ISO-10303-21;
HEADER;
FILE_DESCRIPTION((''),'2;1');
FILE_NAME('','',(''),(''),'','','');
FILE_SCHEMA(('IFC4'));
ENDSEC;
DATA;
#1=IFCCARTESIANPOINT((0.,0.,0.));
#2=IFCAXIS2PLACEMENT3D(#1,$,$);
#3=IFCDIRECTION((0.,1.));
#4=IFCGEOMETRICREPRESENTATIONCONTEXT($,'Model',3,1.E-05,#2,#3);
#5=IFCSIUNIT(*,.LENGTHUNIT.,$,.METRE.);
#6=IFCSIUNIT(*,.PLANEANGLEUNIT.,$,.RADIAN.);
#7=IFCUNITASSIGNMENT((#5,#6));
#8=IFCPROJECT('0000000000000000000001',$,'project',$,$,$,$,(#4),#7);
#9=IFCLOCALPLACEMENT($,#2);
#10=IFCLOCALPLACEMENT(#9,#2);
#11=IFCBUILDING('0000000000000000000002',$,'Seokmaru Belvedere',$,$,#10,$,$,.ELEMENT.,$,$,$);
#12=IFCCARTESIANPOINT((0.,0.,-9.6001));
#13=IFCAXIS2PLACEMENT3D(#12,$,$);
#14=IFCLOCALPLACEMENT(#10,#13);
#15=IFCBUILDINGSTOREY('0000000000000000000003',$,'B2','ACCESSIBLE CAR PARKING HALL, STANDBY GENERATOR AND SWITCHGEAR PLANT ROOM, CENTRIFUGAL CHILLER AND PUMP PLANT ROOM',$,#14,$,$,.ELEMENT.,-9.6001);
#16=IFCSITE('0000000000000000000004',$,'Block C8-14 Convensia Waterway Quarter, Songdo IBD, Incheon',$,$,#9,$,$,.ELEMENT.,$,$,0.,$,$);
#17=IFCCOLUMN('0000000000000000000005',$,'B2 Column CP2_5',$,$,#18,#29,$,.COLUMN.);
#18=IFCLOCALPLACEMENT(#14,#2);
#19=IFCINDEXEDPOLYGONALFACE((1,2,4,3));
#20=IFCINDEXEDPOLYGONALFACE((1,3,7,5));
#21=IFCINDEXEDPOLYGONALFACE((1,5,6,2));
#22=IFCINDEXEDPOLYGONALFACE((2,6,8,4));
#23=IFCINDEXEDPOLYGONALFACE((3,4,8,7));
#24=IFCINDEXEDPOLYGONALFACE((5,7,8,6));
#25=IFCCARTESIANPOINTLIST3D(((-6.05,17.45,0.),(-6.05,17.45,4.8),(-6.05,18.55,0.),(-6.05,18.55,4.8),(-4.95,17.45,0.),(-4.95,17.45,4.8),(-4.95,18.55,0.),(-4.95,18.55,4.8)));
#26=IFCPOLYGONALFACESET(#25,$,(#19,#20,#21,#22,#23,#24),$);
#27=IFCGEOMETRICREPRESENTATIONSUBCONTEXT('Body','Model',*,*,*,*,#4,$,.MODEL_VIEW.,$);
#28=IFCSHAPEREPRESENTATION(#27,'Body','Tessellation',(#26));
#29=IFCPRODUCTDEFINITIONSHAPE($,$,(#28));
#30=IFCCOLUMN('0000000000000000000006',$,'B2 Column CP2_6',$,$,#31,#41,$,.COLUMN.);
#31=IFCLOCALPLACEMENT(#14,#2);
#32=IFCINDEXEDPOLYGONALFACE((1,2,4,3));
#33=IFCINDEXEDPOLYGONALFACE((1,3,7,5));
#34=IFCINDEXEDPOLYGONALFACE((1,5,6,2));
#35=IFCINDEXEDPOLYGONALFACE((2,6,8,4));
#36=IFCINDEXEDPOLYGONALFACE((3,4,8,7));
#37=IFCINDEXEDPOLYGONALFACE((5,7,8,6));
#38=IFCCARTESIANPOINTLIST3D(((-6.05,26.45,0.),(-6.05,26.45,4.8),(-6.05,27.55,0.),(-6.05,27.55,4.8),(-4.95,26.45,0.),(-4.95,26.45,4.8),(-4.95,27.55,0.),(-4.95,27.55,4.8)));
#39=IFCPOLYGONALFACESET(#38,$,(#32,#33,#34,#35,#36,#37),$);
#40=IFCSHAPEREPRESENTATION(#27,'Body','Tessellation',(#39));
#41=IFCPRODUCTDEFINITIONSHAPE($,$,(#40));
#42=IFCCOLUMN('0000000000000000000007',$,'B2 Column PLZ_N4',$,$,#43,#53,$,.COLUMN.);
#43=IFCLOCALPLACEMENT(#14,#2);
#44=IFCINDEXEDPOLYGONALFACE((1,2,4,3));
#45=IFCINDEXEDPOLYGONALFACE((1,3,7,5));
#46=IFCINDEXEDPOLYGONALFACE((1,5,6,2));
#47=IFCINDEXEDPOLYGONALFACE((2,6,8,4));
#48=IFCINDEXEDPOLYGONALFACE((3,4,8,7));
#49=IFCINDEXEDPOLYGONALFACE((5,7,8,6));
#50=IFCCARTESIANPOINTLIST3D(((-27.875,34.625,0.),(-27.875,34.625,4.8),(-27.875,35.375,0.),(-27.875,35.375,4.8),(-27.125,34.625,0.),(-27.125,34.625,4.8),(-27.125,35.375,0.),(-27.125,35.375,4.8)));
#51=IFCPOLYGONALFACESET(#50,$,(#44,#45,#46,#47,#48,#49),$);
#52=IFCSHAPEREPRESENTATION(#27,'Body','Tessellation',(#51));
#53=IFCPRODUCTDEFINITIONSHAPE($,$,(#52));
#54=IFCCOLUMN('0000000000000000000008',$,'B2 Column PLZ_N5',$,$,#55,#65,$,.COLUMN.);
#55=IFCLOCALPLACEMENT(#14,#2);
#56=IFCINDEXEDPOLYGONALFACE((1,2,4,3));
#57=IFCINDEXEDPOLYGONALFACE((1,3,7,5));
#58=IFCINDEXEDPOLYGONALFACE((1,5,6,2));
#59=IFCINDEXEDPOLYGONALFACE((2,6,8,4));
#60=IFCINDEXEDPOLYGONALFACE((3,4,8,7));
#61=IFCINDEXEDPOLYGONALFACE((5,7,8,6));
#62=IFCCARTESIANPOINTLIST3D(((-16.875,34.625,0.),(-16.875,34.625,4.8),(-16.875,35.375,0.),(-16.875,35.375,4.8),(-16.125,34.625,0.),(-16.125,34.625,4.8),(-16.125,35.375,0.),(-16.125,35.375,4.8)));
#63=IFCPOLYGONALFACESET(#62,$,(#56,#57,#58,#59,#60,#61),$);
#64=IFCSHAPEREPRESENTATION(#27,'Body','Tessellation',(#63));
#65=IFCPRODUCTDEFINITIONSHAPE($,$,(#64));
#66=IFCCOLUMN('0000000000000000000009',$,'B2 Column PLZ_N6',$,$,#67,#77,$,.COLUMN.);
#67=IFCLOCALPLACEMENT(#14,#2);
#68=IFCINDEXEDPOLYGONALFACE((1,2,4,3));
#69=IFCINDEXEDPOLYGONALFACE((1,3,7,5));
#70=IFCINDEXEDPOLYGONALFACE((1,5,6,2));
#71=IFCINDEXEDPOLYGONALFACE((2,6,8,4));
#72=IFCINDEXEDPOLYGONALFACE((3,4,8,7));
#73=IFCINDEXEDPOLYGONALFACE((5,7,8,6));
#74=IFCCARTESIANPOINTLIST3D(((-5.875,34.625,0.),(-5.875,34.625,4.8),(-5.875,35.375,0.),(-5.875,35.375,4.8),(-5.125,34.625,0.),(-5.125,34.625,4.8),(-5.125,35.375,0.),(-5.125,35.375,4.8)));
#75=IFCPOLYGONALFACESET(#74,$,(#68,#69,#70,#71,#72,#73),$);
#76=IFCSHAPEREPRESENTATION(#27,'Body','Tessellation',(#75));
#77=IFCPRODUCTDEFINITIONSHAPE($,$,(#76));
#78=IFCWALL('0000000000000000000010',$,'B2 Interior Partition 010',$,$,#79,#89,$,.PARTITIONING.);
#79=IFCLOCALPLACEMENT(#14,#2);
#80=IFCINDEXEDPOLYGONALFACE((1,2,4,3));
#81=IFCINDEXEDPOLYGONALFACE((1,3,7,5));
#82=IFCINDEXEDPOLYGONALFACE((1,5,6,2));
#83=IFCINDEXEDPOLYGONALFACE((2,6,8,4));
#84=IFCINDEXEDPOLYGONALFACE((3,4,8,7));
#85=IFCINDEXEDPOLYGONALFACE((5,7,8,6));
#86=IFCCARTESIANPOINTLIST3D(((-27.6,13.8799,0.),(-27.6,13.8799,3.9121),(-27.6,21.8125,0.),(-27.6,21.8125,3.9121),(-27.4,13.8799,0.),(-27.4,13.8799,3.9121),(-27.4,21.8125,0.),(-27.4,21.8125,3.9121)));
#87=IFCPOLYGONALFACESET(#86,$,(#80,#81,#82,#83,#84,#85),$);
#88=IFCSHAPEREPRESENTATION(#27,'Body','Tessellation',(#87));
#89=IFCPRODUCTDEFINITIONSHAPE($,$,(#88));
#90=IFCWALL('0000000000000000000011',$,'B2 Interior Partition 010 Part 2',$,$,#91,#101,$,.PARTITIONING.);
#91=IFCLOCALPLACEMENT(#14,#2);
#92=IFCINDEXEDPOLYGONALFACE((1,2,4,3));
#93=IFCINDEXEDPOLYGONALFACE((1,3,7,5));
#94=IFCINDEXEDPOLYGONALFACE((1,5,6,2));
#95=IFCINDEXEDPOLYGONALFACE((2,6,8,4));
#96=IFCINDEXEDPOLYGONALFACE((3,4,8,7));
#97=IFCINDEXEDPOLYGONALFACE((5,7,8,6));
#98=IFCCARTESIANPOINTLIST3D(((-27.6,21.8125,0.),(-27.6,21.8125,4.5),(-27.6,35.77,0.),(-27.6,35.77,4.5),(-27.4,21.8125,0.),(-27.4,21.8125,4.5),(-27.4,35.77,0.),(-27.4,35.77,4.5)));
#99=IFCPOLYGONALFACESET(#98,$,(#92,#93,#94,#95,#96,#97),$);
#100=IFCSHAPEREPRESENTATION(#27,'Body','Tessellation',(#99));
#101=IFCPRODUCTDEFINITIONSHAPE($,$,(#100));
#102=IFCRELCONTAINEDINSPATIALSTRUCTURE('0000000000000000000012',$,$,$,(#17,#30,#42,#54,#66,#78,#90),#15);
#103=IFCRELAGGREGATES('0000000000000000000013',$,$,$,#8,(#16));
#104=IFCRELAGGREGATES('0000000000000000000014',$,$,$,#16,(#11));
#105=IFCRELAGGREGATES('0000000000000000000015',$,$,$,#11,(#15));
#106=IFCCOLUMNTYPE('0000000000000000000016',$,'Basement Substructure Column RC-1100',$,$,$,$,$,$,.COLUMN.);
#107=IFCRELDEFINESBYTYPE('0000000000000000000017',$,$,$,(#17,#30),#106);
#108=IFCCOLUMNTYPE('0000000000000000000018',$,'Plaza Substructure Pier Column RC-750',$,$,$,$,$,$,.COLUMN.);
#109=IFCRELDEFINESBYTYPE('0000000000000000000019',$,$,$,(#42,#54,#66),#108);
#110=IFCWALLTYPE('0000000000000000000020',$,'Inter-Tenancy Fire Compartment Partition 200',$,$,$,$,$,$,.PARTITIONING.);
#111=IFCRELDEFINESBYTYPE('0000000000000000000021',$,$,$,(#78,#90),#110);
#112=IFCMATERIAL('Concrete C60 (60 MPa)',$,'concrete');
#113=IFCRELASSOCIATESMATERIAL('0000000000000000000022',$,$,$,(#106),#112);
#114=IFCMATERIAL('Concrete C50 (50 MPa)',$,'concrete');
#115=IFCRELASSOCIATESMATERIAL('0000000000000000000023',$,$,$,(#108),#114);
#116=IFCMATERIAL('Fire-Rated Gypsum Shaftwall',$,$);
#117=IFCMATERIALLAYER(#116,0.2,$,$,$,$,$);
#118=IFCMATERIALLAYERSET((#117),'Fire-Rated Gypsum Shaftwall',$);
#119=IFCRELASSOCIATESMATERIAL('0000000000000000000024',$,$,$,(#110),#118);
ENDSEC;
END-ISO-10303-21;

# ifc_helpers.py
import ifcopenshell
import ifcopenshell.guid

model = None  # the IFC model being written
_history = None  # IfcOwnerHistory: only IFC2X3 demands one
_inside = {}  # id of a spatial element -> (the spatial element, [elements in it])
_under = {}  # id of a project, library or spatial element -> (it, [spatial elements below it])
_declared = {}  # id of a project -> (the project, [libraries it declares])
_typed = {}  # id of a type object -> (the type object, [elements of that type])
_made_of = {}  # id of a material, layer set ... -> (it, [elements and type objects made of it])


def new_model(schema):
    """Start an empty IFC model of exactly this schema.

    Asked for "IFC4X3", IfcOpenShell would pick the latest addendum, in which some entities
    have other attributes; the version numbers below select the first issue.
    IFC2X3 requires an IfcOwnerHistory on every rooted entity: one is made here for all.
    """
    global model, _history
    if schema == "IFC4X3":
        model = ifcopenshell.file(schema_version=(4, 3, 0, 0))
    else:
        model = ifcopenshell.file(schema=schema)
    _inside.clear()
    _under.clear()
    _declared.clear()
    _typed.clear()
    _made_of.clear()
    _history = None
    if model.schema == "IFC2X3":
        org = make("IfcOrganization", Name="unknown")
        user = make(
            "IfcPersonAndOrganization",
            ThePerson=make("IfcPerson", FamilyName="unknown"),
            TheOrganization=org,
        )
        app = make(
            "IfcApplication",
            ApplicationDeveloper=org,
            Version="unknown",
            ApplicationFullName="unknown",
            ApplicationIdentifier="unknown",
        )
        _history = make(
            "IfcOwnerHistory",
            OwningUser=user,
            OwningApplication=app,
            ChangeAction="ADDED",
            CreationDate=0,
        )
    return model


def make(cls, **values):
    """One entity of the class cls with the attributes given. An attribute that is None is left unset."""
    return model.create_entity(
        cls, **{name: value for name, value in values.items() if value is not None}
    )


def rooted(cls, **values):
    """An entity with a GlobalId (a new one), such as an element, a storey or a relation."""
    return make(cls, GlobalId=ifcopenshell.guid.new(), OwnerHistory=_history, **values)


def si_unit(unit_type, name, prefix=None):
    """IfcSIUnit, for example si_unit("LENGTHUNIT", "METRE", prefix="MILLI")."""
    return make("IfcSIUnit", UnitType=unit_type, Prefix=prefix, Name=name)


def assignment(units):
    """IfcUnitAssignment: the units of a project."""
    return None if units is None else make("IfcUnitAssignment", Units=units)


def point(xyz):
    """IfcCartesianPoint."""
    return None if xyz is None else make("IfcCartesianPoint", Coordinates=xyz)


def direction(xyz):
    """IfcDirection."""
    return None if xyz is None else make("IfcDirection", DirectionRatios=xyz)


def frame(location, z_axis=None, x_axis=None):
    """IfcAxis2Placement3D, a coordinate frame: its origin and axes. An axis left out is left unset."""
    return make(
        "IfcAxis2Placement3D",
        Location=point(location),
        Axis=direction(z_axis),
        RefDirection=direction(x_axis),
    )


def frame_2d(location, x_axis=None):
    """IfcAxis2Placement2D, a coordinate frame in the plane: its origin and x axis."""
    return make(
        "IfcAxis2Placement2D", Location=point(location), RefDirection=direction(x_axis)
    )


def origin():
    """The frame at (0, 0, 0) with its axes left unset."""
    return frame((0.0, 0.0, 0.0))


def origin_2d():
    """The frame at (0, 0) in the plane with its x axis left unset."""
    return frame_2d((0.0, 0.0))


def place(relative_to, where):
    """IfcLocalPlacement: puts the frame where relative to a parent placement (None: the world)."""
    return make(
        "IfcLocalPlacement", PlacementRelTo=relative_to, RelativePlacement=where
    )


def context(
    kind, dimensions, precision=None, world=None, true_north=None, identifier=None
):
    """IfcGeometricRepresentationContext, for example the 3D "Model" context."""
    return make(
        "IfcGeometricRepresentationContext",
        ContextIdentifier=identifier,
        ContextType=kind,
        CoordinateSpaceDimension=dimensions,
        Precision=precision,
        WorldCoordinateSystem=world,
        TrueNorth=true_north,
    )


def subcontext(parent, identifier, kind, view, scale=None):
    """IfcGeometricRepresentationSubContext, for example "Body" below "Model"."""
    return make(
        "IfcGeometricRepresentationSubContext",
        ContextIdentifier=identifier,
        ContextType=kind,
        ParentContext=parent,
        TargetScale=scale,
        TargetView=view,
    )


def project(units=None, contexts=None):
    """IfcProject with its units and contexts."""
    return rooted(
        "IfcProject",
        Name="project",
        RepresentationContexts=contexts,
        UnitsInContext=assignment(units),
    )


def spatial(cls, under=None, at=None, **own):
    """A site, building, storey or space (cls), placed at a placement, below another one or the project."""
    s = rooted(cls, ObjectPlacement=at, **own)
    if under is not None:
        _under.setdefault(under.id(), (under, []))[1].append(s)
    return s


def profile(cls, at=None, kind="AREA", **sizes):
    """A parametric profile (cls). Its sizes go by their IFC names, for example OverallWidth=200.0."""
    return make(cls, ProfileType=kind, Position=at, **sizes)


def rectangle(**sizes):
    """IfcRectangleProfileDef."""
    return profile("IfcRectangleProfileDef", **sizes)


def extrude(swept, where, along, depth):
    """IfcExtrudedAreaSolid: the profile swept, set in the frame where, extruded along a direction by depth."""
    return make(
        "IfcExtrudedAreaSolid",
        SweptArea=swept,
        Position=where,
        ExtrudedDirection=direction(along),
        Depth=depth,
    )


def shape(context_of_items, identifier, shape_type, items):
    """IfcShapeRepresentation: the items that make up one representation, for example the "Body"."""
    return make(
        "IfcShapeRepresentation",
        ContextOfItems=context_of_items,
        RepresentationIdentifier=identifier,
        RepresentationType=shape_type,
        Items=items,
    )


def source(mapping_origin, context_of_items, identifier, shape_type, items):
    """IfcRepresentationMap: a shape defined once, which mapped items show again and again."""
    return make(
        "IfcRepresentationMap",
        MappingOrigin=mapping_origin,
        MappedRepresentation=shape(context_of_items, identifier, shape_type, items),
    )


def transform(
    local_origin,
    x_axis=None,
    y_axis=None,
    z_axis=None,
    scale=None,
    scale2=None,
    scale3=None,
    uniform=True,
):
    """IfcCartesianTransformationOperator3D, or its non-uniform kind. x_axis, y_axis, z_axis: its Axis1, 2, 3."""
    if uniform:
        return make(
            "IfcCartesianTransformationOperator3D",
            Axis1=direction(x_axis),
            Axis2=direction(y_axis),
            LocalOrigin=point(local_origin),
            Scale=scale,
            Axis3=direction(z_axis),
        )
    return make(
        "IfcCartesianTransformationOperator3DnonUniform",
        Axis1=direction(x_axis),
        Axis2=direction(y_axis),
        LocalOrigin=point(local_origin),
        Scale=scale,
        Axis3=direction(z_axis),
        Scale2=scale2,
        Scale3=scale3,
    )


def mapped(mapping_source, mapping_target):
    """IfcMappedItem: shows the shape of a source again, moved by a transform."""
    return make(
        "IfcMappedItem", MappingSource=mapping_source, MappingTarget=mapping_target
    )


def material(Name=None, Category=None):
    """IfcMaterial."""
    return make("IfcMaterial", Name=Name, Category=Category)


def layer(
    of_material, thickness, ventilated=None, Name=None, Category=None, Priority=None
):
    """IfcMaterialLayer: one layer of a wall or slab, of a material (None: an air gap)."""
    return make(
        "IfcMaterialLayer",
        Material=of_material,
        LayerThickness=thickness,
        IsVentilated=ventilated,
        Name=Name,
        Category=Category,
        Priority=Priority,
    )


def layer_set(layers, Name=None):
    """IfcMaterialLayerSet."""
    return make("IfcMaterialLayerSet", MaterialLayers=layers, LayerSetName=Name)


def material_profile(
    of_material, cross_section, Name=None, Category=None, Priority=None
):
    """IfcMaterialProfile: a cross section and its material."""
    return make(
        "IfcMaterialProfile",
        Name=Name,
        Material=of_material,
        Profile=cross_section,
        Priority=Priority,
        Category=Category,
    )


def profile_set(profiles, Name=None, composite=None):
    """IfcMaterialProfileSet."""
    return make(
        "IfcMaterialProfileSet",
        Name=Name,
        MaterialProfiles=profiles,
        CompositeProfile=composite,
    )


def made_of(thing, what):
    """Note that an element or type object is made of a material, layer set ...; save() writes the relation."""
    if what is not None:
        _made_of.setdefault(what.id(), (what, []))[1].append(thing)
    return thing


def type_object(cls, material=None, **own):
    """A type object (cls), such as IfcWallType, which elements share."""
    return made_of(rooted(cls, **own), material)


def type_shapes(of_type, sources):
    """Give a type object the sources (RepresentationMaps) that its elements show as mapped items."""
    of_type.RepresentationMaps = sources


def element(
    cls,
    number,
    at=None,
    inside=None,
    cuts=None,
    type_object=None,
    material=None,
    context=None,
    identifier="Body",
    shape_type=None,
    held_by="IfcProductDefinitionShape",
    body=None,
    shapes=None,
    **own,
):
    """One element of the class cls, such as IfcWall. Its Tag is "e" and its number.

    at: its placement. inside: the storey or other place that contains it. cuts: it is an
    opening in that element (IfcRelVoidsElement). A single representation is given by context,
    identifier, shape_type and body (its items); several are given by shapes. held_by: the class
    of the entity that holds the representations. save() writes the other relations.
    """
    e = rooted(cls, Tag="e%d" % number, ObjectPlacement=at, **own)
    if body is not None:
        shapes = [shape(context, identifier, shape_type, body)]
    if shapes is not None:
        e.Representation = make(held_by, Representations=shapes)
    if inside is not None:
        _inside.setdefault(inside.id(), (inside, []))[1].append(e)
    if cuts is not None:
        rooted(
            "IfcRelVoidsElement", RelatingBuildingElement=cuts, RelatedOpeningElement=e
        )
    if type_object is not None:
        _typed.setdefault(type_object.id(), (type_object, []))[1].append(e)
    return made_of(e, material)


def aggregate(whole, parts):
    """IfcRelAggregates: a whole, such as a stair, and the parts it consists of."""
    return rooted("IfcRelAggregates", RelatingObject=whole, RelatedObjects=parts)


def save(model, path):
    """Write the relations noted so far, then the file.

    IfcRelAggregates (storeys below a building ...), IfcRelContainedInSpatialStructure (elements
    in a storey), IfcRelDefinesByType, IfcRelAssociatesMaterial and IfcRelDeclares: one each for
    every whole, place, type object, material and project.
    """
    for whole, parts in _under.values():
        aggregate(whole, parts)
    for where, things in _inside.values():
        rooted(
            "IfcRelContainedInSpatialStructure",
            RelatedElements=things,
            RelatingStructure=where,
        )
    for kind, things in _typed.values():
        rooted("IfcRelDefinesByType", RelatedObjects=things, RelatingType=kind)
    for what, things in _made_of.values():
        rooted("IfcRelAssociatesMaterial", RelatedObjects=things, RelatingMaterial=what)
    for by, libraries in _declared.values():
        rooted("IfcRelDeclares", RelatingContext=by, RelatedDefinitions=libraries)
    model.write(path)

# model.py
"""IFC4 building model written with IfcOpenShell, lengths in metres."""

from ifc_helpers import new_model, si_unit, direction, frame, frame_2d, origin, origin_2d, place, context, subcontext, project, spatial, rectangle, extrude, source, transform, mapped, material, layer, layer_set, material_profile, profile_set, type_object, type_shapes, element, save


model = new_model("IFC4")

# Units and contexts
model_context = context("Model", 3, precision=1e-05, world=origin(), true_north=direction((0.0, 1.0)))
body_context = subcontext(model_context, "Body", "Model", "MODEL_VIEW")
ifc_project = project(units=[si_unit("LENGTHUNIT", "METRE"), si_unit("PLANEANGLEUNIT", "RADIAN")], contexts=[model_context])

# Site, building, storey
site_placement = place(None, origin())
site = spatial("IfcSite", under=ifc_project, at=site_placement, Name="Block C8-14 Convensia Waterway Quarter, Songdo IBD, Incheon", CompositionType="ELEMENT", RefElevation=0.0)
building_placement = place(site_placement, origin())
building = spatial("IfcBuilding", under=site, at=building_placement, Name="Seokmaru Belvedere", CompositionType="ELEMENT")
storey_placement = place(building_placement, frame((0.0, 0.0, -9.6001)))
storey = spatial("IfcBuildingStorey", under=building, at=storey_placement, Name="B2", Description="ACCESSIBLE CAR PARKING HALL, STANDBY GENERATOR AND SWITCHGEAR PLANT ROOM, CENTRIFUGAL CHILLER AND PUMP PLANT ROOM", CompositionType="ELEMENT", Elevation=-9.6001)

# Shared definitions
ifc_material_1 = material(Name="Concrete C50 (50 MPa)", Category="concrete")

# Columns
ifc_material_2 = material(Name="Concrete C60 (60 MPa)", Category="concrete")
ifc_material_profile_1 = material_profile(ifc_material_2, rectangle(XDim=1.1001, YDim=1.1001, at=origin_2d()), Name="RC-1100x1100")
ifc_profile_set_1 = profile_set([ifc_material_profile_1], Name="Concrete C60 (60 MPa)")
column_type_1 = type_object("IfcColumnType", Name="Basement Substructure Column RC-1100", PredefinedType="COLUMN", material=ifc_profile_set_1)
shared_shape_1 = source(origin(), body_context, "Body", "SweptSolid", [
    extrude(rectangle(XDim=1.1001, YDim=1.1001, at=origin_2d()), origin(), (0.0, 0.0, 1.0), 4.8),
])
type_shapes(column_type_1, [shared_shape_1])
for number, where, z_axis, x_axis, name in (
    (1, (-5.5, 18.0, 0.0), (0.0, 0.0, 1.0), (1.0, 0.0, 0.0), "B2 Column CP2_5"),
    (2, (-5.5, 27.0, 0.0), (0.0, 0.0, 1.0), (1.0, 0.0, 0.0), "B2 Column CP2_6"),
):
    element("IfcColumn", number, at=place(storey_placement, frame(where, z_axis=z_axis, x_axis=x_axis)), inside=storey, type_object=column_type_1, Name=name, PredefinedType="COLUMN", context=body_context, shape_type="MappedRepresentation", body=[
        mapped(shared_shape_1, transform((0.0, 0.0, 0.0), scale=1.0)),
    ])
ifc_material_profile_2 = material_profile(ifc_material_1, rectangle(XDim=0.75, YDim=0.75, at=origin_2d()), Name="RC-750x750")
ifc_profile_set_2 = profile_set([ifc_material_profile_2], Name="Concrete C50 (50 MPa)")
column_type_2 = type_object("IfcColumnType", Name="Plaza Substructure Pier Column RC-750", PredefinedType="COLUMN", material=ifc_profile_set_2)
shared_shape_2 = source(origin(), body_context, "Body", "SweptSolid", [
    extrude(rectangle(XDim=0.75, YDim=0.75, at=origin_2d()), origin(), (0.0, 0.0, 1.0), 4.8),
])
type_shapes(column_type_2, [shared_shape_2])
for number, where, z_axis, x_axis, name in (
    (3, (-27.5, 35.0, 0.0), (0.0, 0.0, 1.0), (1.0, 0.0, 0.0), "B2 Column PLZ_N4"),
    (4, (-16.5, 35.0, 0.0), (0.0, 0.0, 1.0), (1.0, 0.0, 0.0), "B2 Column PLZ_N5"),
    (5, (-5.5, 35.0, 0.0), (0.0, 0.0, 1.0), (1.0, 0.0, 0.0), "B2 Column PLZ_N6"),
):
    element("IfcColumn", number, at=place(storey_placement, frame(where, z_axis=z_axis, x_axis=x_axis)), inside=storey, type_object=column_type_2, Name=name, PredefinedType="COLUMN", context=body_context, shape_type="MappedRepresentation", body=[
        mapped(shared_shape_2, transform((0.0, 0.0, 0.0), scale=1.0)),
    ])

# Walls
ifc_material_3 = material(Name="Fire-Rated Gypsum Shaftwall")
ifc_layer_1 = layer(ifc_material_3, 0.2)
ifc_layer_set_1 = layer_set([ifc_layer_1], Name="Fire-Rated Gypsum Shaftwall")
wall_type = type_object("IfcWallType", Name="Inter-Tenancy Fire Compartment Partition 200", PredefinedType="PARTITIONING", material=ifc_layer_set_1)
wall_1_placement = place(storey_placement, frame((-27.5, 13.8799, 0.0), z_axis=(0.0, 0.0, 1.0), x_axis=(0.0, 1.0, 0.0)))
element("IfcWall", 6, at=wall_1_placement, inside=storey, type_object=wall_type, Name="B2 Interior Partition 010", PredefinedType="PARTITIONING", context=body_context, shape_type="SweptSolid", body=[
    extrude(rectangle(XDim=7.9326, YDim=0.2, at=frame_2d((3.9663, 0.0))), origin(), (0.0, 0.0, 1.0), 3.9121),
])
wall_2_placement = place(storey_placement, frame((-27.5, 21.8125, 0.0), z_axis=(0.0, 0.0, 1.0), x_axis=(0.0, 1.0, 0.0)))
element("IfcWall", 7, at=wall_2_placement, inside=storey, type_object=wall_type, Name="B2 Interior Partition 010 Part 2", PredefinedType="PARTITIONING", context=body_context, shape_type="SweptSolid", body=[
    extrude(rectangle(XDim=13.9575, YDim=0.2, at=frame_2d((6.9788, 0.0))), origin(), (0.0, 0.0, 1.0), 4.5),
])

save(model, "model.ifc")
